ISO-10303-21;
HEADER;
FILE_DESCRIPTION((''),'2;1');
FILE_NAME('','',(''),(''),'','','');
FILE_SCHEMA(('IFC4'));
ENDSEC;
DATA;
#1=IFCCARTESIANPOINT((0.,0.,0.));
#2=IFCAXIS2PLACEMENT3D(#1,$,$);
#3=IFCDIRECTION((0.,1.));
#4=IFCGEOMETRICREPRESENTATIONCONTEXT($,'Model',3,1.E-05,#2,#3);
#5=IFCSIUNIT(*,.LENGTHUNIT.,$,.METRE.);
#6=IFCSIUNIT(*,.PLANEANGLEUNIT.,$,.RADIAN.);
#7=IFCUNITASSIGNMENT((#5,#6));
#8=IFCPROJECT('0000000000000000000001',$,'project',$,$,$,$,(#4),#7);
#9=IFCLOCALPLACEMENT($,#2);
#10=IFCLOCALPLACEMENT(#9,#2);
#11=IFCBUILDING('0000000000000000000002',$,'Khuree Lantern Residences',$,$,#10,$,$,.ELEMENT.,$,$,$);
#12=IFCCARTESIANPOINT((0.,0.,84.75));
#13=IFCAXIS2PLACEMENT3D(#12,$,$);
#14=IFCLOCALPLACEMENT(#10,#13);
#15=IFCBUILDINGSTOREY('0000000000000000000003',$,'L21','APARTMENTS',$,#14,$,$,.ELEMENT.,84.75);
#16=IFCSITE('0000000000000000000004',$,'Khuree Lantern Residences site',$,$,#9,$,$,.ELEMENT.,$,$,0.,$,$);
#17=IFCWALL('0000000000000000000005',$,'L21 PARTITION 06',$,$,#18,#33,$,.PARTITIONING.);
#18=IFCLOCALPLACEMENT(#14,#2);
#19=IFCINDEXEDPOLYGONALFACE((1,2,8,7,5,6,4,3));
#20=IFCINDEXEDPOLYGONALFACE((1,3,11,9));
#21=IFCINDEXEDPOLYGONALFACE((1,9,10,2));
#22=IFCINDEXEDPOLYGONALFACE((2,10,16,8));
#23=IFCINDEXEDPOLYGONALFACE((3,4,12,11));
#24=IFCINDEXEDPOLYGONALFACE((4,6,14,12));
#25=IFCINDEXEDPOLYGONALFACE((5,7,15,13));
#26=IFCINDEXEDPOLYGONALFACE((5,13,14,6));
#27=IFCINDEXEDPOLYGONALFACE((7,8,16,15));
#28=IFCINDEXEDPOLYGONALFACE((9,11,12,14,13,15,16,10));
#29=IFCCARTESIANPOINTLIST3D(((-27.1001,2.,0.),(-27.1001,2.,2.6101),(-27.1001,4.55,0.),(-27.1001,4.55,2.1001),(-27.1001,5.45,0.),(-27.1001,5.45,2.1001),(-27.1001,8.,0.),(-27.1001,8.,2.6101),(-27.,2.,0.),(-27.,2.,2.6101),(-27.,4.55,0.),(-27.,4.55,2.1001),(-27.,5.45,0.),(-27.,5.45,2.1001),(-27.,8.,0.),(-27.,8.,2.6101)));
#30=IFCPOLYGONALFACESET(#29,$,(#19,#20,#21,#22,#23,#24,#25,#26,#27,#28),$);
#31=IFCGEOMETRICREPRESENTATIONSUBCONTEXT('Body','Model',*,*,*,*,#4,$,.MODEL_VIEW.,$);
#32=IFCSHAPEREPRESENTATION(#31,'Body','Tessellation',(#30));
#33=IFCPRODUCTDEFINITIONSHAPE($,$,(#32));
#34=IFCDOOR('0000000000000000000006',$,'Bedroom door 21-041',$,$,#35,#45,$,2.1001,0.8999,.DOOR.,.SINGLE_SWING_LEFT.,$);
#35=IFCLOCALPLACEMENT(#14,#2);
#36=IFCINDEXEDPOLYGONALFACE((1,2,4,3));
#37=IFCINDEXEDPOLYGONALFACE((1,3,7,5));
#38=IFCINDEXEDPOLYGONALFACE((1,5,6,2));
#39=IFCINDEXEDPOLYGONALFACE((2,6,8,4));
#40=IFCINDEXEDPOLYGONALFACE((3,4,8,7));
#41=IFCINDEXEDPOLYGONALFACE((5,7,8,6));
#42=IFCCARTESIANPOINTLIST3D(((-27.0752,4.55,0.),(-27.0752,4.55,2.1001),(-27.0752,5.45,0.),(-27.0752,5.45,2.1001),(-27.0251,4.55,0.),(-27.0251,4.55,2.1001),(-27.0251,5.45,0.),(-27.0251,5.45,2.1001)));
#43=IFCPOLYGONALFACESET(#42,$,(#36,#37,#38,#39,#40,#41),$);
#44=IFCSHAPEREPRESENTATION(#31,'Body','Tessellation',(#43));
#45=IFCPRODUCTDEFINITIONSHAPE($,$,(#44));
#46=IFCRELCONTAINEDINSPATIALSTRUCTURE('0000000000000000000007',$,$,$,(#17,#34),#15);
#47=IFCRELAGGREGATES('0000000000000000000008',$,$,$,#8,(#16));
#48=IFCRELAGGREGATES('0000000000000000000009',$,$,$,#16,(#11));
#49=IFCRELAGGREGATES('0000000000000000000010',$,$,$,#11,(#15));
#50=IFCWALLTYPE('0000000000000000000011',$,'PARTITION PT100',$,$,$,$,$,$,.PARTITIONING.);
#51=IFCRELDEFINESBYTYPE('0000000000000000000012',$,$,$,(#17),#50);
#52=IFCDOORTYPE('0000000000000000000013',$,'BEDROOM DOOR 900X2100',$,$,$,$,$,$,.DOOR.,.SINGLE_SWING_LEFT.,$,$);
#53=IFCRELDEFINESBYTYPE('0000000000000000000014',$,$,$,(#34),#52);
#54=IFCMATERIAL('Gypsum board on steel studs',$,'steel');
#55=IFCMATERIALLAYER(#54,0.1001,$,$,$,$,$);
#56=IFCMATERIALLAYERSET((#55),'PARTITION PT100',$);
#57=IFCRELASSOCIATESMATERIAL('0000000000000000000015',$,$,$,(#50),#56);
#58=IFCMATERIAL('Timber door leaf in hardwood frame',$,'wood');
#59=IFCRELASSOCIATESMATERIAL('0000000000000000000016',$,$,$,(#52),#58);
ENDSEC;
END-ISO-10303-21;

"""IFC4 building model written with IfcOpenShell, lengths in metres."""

from ifc_helpers import new_model, si_unit, direction, frame, frame_2d, origin, place, context, subcontext, project, spatial, rectangle, extrude, material, layer, layer_set, type_object, element, fill, save


model = new_model("IFC4")

# Units and contexts
model_context = context("Model", 3, precision=1e-05, world=origin(), true_north=direction((0.0, 1.0)))
body_context = subcontext(model_context, "Body", "Model", "MODEL_VIEW")
ifc_project = project(units=[si_unit("LENGTHUNIT", "METRE"), si_unit("PLANEANGLEUNIT", "RADIAN")], contexts=[model_context])

# Site, building, storey
site_placement = place(None, origin())
site = spatial("IfcSite", under=ifc_project, at=site_placement, Name="Khuree Lantern Residences site", CompositionType="ELEMENT", RefElevation=0.0)
building_placement = place(site_placement, origin())
building = spatial("IfcBuilding", under=site, at=building_placement, Name="Khuree Lantern Residences", CompositionType="ELEMENT")
storey_placement = place(building_placement, frame((0.0, 0.0, 84.75)))
storey = spatial("IfcBuildingStorey", under=building, at=storey_placement, Name="L21", Description="APARTMENTS", CompositionType="ELEMENT", Elevation=84.75)

# Shared definitions
ifc_material_1 = material(Name="Timber door leaf in hardwood frame", Category="wood")

# Shared definitions
ifc_material_2 = material(Name="Gypsum board on steel studs", Category="steel")
ifc_layer_1 = layer(ifc_material_2, 0.1001)
ifc_layer_set_1 = layer_set([ifc_layer_1], Name="PARTITION PT100")
wall_type_1 = type_object("IfcWallType", Name="PARTITION PT100", PredefinedType="PARTITIONING", material=ifc_layer_set_1)

# Wall, opening, door
door_type_1 = type_object("IfcDoorType", Name="BEDROOM DOOR 900X2100", OperationType="SINGLE_SWING_LEFT", PredefinedType="DOOR", material=ifc_material_1)
wall_1_placement = place(storey_placement, frame((-27.05, 8.0, 0.0), z_axis=(0.0, 0.0, 1.0), x_axis=(0.0, -1.0, 0.0)))
wall_1 = element("IfcWall", 1, at=wall_1_placement, inside=storey, type_object=wall_type_1, Name="L21 PARTITION 06", PredefinedType="PARTITIONING", context=body_context, shape_type="SweptSolid", body=[
    extrude(rectangle(XDim=6.0, YDim=0.1001, at=frame_2d((3.0, 0.0))), origin(), (0.0, 0.0, 1.0), 2.6101),
])
opening_1_placement = place(wall_1_placement, frame((2.55, 0.0, 0.0)))
opening_1 = element("IfcOpeningElement", 2, at=opening_1_placement, cuts=wall_1, PredefinedType="OPENING", context=body_context, shape_type="SweptSolid", body=[
    extrude(rectangle(XDim=0.8999, YDim=2.1001, at=frame_2d((0.45, 1.05))), frame((0.0, 0.0601, 0.0), z_axis=(0.0, -1.0, 0.0), x_axis=(1.0, 0.0, 0.0)), (0.0, 0.0, 1.0), 0.1201),
])
door_1_placement = place(opening_1_placement, origin())
door_1 = element("IfcDoor", 3, at=door_1_placement, inside=storey, type_object=door_type_1, Name="Bedroom door 21-041", OperationType="SINGLE_SWING_LEFT", OverallHeight=2.1001, OverallWidth=0.8999, PredefinedType="DOOR", context=body_context, shape_type="SweptSolid", body=[
    extrude(rectangle(XDim=0.8999, YDim=2.1001, at=frame_2d((0.45, 1.05))), frame((0.0, 0.0249, 0.0), z_axis=(0.0, -1.0, 0.0), x_axis=(1.0, 0.0, 0.0)), (0.0, 0.0, 1.0), 0.05),
])
fill(opening_1, door_1)

save(model, "model.ifc")
